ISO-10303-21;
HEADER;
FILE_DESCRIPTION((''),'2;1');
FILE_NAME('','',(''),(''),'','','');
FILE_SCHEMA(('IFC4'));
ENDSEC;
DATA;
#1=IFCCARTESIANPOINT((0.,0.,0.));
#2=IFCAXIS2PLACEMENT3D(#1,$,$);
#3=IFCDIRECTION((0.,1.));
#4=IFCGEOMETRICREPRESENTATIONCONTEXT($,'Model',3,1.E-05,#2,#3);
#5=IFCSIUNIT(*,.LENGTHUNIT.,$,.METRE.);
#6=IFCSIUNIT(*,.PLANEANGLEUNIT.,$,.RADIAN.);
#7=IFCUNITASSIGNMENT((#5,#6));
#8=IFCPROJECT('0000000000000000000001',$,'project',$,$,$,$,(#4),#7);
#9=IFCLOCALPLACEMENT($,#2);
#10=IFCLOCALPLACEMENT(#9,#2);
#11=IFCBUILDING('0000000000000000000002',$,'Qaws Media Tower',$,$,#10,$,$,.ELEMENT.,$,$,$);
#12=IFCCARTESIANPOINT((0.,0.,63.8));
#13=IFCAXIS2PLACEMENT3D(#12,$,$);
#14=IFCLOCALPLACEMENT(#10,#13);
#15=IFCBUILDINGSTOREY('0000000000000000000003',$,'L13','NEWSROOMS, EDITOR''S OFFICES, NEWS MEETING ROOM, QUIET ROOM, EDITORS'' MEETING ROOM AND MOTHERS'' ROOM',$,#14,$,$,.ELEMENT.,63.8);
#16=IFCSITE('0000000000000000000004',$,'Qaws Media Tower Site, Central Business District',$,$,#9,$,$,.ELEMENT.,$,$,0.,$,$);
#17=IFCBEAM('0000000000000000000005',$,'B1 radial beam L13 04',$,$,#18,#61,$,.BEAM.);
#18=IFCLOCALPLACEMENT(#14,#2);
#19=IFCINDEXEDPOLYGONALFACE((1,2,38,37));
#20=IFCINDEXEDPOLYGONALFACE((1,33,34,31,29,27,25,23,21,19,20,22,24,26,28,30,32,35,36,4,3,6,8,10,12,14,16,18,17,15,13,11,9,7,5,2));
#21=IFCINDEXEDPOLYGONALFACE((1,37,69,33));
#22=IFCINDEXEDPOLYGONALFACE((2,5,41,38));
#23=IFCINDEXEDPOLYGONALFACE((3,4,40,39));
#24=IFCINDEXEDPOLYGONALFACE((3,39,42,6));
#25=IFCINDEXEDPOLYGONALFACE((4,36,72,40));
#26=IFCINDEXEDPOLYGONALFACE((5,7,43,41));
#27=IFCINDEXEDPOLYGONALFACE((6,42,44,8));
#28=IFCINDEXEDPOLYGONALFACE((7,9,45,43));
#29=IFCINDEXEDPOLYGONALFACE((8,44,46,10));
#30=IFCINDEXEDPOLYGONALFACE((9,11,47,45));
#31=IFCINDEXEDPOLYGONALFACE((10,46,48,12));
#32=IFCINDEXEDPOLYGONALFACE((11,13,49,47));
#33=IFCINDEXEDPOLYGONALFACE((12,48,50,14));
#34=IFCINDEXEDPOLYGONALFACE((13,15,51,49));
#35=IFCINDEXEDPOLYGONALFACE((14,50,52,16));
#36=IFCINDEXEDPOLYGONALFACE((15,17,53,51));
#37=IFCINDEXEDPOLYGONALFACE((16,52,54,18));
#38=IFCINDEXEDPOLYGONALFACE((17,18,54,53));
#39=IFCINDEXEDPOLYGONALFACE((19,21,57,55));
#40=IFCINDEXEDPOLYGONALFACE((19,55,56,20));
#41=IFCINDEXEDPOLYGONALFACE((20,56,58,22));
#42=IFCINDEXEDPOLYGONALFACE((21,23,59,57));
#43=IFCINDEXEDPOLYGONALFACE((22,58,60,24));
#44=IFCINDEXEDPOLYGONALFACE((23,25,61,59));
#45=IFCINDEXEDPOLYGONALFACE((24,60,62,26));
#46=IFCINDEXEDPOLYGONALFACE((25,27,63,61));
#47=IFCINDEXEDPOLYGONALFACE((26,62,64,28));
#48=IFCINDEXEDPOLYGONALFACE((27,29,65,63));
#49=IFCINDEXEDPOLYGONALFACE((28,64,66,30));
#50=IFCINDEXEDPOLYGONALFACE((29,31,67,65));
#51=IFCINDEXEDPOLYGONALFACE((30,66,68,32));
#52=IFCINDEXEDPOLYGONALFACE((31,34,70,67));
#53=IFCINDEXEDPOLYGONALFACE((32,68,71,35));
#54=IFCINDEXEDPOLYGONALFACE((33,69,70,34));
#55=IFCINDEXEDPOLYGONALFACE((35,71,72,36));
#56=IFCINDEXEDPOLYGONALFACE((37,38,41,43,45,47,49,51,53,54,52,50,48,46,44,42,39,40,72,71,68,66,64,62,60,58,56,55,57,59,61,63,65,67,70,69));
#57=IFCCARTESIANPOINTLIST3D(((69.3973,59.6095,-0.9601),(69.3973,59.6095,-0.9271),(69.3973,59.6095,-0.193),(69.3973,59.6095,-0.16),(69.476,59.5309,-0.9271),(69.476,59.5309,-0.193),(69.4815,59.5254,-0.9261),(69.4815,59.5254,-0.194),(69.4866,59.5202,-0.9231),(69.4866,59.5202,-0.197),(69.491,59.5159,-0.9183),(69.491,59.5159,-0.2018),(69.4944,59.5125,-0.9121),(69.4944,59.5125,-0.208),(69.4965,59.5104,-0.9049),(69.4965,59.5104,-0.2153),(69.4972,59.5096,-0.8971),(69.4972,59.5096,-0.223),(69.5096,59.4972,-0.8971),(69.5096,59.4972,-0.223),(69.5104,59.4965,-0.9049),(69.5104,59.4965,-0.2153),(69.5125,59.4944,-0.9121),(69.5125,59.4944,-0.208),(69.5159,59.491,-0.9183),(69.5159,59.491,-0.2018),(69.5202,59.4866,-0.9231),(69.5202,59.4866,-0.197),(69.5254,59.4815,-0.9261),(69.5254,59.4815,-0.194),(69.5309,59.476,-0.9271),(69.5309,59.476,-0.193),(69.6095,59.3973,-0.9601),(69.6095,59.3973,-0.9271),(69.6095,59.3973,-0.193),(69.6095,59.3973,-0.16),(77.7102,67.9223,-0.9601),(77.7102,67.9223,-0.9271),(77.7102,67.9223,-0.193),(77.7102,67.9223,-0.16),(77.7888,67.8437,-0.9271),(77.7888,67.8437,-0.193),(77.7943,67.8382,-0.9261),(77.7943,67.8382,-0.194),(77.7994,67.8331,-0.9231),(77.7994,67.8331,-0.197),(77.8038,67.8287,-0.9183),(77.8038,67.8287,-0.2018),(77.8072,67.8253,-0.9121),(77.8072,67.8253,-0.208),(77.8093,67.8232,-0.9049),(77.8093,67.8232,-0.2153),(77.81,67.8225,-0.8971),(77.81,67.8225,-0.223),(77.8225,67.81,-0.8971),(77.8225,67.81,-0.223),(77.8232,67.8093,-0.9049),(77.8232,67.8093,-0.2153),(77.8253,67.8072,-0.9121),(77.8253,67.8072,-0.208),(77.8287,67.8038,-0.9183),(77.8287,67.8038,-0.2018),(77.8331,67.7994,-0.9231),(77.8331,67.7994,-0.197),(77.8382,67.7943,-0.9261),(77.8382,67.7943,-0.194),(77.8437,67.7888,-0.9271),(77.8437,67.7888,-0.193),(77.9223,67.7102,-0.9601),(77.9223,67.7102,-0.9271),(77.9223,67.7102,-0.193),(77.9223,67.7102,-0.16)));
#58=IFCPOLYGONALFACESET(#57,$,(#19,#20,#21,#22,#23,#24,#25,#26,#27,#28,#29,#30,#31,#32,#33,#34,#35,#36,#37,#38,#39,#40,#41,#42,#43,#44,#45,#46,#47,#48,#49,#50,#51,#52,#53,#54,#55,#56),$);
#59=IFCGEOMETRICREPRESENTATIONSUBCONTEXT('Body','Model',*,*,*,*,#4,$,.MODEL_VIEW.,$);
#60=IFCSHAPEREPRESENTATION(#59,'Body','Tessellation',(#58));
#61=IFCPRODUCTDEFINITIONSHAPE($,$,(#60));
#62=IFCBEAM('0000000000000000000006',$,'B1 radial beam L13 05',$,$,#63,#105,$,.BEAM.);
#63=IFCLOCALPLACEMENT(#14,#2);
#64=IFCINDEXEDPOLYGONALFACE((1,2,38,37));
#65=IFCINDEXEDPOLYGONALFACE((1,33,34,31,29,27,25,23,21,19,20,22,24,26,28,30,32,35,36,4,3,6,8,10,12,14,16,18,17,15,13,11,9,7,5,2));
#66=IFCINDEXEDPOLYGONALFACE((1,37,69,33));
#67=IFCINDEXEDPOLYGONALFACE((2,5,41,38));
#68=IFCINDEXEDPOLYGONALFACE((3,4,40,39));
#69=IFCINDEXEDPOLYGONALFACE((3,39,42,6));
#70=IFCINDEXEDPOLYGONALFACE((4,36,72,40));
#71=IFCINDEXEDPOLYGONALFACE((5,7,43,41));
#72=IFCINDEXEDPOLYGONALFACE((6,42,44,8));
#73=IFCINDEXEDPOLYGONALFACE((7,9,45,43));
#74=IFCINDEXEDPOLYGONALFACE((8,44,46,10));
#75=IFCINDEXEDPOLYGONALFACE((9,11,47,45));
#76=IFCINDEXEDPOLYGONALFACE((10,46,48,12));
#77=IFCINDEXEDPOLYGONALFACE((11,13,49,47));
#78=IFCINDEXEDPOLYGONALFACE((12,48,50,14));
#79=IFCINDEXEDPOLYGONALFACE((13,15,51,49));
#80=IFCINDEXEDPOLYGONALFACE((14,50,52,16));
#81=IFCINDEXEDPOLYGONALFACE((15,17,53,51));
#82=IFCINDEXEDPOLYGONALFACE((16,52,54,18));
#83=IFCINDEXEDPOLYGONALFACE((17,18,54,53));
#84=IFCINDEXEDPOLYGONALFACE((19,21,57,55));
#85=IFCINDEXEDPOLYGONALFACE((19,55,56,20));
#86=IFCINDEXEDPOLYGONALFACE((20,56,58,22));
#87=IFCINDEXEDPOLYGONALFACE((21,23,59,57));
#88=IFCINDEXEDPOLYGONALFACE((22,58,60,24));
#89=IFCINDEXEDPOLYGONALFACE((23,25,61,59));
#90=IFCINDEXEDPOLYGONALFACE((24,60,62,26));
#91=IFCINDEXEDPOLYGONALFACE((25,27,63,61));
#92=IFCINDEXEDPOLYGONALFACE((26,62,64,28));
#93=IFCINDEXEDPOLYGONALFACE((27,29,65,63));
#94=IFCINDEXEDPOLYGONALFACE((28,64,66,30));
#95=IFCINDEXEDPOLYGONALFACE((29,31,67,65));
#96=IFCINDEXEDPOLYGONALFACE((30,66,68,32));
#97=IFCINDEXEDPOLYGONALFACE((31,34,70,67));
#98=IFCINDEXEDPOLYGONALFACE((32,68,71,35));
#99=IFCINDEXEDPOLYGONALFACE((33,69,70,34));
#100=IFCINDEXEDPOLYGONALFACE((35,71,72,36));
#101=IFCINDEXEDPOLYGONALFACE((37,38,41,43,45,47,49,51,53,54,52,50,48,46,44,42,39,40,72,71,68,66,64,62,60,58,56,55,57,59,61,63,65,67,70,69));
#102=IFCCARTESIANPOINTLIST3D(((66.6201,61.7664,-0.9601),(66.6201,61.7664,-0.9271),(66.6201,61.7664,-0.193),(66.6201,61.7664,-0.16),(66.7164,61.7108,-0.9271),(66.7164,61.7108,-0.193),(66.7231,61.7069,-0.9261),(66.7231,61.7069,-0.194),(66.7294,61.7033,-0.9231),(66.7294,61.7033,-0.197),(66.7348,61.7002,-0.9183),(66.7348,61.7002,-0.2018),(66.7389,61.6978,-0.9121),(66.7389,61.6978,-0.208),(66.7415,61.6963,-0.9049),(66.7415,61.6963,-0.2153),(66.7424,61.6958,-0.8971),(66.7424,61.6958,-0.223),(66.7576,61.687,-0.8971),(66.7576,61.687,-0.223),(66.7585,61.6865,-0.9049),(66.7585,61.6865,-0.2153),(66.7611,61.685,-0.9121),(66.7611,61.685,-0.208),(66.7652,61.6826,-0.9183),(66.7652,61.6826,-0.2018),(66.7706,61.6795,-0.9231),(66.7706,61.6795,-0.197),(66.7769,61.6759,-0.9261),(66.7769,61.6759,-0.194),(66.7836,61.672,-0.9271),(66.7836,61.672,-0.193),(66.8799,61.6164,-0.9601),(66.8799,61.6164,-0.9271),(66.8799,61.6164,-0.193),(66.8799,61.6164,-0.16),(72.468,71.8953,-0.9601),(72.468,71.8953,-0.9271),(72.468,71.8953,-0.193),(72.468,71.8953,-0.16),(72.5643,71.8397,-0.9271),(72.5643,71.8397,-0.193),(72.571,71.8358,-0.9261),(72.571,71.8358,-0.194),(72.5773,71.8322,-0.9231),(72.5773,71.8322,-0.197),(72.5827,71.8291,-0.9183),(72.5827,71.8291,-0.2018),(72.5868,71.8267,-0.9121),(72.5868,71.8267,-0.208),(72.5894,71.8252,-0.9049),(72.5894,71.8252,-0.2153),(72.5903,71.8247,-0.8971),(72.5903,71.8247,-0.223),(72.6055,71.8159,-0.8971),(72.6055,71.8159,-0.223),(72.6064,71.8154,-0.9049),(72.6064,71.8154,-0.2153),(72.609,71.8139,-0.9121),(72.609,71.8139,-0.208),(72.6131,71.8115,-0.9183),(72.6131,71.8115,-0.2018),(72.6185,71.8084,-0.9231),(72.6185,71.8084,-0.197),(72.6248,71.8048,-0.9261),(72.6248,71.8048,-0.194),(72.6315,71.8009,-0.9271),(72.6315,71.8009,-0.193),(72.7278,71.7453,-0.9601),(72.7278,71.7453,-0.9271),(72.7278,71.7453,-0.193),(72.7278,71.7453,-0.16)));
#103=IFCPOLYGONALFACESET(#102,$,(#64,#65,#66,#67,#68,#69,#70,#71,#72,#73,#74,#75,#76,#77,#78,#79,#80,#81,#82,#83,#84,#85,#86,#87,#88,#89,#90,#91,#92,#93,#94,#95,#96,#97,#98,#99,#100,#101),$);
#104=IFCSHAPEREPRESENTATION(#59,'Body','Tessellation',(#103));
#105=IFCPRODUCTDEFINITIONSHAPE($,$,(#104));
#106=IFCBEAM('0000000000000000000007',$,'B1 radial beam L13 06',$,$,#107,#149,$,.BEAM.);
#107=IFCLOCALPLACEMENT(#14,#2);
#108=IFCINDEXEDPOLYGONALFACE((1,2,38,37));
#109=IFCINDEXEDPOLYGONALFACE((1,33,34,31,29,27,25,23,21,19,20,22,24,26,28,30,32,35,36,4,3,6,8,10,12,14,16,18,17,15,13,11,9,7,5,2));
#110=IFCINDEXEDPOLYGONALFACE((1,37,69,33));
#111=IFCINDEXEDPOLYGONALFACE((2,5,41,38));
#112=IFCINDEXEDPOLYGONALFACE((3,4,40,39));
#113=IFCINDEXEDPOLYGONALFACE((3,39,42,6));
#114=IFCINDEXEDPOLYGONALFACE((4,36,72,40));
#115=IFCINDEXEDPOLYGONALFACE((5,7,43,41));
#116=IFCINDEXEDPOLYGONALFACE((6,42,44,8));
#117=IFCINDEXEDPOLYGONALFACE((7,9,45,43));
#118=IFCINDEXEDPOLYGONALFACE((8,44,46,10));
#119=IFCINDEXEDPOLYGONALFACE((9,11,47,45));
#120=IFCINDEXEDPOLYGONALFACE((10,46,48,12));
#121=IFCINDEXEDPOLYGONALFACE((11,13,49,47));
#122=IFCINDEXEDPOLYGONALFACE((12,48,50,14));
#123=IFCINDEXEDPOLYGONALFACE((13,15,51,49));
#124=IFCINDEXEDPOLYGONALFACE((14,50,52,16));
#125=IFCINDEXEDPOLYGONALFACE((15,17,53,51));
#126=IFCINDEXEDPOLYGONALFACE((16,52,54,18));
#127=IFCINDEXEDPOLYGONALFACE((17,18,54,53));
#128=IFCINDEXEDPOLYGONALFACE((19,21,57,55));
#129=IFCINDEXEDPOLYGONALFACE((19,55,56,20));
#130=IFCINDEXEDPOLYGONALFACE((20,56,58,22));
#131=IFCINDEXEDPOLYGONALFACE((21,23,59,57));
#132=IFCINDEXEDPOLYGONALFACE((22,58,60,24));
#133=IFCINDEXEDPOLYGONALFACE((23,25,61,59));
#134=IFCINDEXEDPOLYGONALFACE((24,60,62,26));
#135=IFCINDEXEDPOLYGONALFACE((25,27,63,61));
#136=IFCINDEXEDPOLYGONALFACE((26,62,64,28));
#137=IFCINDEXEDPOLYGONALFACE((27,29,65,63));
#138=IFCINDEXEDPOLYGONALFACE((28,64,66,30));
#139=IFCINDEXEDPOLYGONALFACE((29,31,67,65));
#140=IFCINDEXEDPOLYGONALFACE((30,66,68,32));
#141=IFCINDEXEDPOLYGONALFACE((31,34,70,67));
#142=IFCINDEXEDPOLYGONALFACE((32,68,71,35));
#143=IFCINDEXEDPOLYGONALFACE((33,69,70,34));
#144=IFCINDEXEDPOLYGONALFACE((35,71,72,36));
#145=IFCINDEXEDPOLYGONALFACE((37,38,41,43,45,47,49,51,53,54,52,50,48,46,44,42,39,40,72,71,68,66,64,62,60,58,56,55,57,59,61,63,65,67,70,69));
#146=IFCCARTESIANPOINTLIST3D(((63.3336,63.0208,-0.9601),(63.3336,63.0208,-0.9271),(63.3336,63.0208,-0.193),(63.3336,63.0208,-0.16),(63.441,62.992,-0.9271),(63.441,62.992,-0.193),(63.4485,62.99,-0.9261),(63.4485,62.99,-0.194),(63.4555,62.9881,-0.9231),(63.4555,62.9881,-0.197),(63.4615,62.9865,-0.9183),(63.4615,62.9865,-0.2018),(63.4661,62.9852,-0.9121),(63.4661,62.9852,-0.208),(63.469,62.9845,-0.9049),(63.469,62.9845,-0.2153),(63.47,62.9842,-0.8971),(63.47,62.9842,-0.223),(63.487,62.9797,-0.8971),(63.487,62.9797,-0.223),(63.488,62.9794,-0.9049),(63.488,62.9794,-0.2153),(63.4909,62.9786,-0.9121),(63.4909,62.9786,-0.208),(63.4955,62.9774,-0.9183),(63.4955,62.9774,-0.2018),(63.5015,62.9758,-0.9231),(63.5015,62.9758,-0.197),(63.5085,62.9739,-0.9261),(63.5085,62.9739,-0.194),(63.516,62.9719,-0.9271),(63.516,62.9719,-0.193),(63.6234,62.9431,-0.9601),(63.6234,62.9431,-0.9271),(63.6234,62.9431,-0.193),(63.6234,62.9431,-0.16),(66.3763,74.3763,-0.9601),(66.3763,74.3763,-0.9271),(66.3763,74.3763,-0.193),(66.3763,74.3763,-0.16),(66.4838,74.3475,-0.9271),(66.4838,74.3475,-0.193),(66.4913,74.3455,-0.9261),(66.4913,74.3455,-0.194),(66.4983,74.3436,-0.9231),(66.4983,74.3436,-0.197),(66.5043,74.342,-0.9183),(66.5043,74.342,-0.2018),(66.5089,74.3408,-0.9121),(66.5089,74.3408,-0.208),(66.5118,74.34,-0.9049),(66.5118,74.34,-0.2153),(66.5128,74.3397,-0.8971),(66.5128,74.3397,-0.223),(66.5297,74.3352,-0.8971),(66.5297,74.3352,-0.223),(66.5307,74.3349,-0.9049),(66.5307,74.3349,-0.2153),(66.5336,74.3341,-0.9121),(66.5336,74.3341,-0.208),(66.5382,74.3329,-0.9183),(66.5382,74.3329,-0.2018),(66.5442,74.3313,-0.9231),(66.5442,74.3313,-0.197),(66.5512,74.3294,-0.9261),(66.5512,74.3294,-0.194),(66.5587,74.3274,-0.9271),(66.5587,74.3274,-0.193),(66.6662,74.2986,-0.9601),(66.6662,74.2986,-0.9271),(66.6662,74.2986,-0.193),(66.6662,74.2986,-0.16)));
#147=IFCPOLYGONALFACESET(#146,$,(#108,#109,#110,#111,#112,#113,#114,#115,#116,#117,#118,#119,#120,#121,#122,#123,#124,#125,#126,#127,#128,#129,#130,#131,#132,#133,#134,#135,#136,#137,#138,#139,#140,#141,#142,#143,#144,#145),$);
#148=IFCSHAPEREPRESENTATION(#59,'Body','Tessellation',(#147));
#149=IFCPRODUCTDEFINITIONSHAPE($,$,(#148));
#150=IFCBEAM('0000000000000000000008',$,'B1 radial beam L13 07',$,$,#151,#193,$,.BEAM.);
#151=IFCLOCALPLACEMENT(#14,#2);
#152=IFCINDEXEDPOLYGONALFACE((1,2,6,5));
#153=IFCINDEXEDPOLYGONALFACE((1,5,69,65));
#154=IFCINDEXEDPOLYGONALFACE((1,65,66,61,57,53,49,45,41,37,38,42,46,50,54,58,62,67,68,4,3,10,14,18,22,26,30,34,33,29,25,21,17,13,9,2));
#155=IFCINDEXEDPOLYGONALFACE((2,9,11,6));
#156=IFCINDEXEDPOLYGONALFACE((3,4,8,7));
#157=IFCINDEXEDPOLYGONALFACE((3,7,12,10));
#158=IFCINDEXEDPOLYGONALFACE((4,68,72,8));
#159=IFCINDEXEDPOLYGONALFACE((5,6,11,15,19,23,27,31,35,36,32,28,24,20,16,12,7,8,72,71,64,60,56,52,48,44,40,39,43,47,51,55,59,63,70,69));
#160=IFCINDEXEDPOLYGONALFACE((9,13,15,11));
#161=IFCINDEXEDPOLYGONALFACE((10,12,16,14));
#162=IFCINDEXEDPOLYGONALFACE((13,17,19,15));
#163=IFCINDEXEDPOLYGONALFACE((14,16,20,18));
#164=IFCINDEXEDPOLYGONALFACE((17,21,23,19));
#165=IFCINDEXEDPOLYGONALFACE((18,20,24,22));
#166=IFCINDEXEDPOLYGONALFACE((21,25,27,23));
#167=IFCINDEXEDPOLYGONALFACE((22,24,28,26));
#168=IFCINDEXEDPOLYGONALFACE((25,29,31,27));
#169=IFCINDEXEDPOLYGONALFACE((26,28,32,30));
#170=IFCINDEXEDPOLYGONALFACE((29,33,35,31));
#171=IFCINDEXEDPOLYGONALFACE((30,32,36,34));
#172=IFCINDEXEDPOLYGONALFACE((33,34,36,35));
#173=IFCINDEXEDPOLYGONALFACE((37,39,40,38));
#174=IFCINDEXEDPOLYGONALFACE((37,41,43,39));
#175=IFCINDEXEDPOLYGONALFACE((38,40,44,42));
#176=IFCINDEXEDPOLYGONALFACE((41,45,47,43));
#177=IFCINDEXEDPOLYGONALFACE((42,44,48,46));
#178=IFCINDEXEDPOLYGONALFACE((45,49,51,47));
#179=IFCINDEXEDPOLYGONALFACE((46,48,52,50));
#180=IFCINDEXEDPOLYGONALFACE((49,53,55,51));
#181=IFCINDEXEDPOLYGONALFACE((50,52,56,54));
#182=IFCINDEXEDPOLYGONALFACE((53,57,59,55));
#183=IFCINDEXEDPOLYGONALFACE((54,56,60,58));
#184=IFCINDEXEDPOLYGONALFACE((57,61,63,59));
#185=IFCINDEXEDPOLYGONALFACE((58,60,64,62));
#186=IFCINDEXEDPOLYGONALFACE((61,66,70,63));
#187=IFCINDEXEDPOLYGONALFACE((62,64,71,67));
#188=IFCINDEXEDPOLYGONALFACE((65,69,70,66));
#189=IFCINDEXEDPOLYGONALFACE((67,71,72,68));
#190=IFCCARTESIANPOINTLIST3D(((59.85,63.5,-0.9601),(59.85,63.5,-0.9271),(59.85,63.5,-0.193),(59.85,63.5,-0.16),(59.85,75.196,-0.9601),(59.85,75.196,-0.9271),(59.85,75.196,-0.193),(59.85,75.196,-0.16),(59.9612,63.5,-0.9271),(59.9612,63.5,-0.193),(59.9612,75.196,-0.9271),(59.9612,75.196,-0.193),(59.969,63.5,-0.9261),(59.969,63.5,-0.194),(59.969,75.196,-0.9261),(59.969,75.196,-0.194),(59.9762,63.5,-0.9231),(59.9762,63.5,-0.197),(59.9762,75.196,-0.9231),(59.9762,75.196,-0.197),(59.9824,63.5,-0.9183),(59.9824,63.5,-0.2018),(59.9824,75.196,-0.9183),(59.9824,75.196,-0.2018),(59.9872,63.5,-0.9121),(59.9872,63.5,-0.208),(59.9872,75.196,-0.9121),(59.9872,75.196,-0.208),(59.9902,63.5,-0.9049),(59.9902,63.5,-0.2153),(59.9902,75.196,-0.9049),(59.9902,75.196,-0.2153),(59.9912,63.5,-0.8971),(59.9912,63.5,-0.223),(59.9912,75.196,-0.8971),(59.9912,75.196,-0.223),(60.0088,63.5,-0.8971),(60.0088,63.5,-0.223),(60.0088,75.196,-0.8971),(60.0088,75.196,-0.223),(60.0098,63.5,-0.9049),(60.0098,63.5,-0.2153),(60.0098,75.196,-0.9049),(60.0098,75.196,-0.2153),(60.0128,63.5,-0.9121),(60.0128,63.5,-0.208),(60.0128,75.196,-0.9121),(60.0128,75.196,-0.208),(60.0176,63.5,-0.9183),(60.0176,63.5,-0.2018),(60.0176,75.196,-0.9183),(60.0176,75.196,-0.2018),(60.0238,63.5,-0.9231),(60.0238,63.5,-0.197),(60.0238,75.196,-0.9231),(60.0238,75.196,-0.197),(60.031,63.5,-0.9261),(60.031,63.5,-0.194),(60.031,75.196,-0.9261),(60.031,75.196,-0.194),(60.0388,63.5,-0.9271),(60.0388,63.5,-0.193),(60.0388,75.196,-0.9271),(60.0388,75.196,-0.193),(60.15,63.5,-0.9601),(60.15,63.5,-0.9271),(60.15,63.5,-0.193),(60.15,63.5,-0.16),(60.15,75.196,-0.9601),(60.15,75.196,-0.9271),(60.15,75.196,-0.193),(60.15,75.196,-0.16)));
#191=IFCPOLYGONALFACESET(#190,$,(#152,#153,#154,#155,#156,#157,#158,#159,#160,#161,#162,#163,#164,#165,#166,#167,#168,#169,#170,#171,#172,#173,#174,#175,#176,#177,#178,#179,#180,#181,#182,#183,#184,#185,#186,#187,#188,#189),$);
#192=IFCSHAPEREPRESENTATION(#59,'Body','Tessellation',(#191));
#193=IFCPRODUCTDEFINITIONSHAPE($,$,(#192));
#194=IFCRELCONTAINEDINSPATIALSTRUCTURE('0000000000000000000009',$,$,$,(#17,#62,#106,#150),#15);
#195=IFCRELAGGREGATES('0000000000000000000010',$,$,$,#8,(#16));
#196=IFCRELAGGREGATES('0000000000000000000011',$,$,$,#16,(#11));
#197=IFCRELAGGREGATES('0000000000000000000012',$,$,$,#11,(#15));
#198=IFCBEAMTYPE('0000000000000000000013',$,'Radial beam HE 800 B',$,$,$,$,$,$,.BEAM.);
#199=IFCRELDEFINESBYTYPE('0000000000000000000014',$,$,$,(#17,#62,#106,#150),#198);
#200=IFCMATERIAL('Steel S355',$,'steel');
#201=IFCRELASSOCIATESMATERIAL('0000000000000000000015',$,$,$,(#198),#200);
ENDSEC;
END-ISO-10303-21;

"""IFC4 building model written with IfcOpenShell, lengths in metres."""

from ifc_helpers import new_model, si_unit, direction, frame, origin, origin_2d, place, context, subcontext, project, spatial, i_section, extrude, material, material_profile, profile_set, type_object, element, save


model = new_model("IFC4")

# Units and contexts
model_context = context("Model", 3, precision=1e-05, world=origin(), true_north=direction((0.0, 1.0)))
body_context = subcontext(model_context, "Body", "Model", "MODEL_VIEW")
ifc_project = project(units=[si_unit("LENGTHUNIT", "METRE"), si_unit("PLANEANGLEUNIT", "RADIAN")], contexts=[model_context])

# Site, building, storey
site_placement = place(None, origin())
site = spatial("IfcSite", under=ifc_project, at=site_placement, Name="Qaws Media Tower Site, Central Business District", CompositionType="ELEMENT", RefElevation=0.0)
building_placement = place(site_placement, origin())
building = spatial("IfcBuilding", under=site, at=building_placement, Name="Qaws Media Tower", CompositionType="ELEMENT")
storey_placement = place(building_placement, frame((0.0, 0.0, 63.8)))
storey = spatial("IfcBuildingStorey", under=building, at=storey_placement, Name="L13", Description="NEWSROOMS, EDITOR'S OFFICES, NEWS MEETING ROOM, QUIET ROOM, EDITORS' MEETING ROOM AND MOTHERS' ROOM", CompositionType="ELEMENT", Elevation=63.8)

# Beams
ifc_material_1 = material(Name="Steel S355", Category="steel")
ifc_material_profile_1 = material_profile(ifc_material_1, i_section(OverallWidth=0.3, OverallDepth=0.8, WebThickness=0.0176, FlangeThickness=0.033, FilletRadius=0.03, at=origin_2d()), Name="HE 800 B")
ifc_profile_set_1 = profile_set([ifc_material_profile_1], Name="Steel S355")
beam_type_1 = type_object("IfcBeamType", Name="Radial beam HE 800 B", PredefinedType="BEAM", material=ifc_profile_set_1)
beam_1_placement = place(storey_placement, frame((69.5034, 59.5034, -0.5601), z_axis=(0.707107, 0.707107, 0.0), x_axis=(-0.707107, 0.707107, 0.0)))
element("IfcBeam", 1, at=beam_1_placement, inside=storey, type_object=beam_type_1, Name="B1 radial beam L13 04", PredefinedType="BEAM", context=body_context, shape_type="SweptSolid", body=[
    extrude(i_section(OverallWidth=0.3, OverallDepth=0.8, WebThickness=0.0176, FlangeThickness=0.033, FilletRadius=0.03, at=origin_2d()), origin(), (0.0, 0.0, 1.0), 11.7561),
])
beam_2_placement = place(storey_placement, frame((66.75, 61.6914, -0.5601), z_axis=(0.499998, 0.866026, 0.0), x_axis=(-0.866026, 0.499998, 0.0)))
element("IfcBeam", 2, at=beam_2_placement, inside=storey, type_object=beam_type_1, Name="B1 radial beam L13 05", PredefinedType="BEAM", context=body_context, shape_type="SweptSolid", body=[
    extrude(i_section(OverallWidth=0.3, OverallDepth=0.8, WebThickness=0.0176, FlangeThickness=0.033, FilletRadius=0.03, at=origin_2d()), origin(), (0.0, 0.0, 1.0), 11.6958),
])
beam_3_placement = place(storey_placement, frame((63.4785, 62.9819, -0.5601), z_axis=(0.258822, 0.965925, 0.0), x_axis=(-0.965925, 0.258822, 0.0)))
element("IfcBeam", 3, at=beam_3_placement, inside=storey, type_object=beam_type_1, Name="B1 radial beam L13 06", PredefinedType="BEAM", context=body_context, shape_type="SweptSolid", body=[
    extrude(i_section(OverallWidth=0.3, OverallDepth=0.8, WebThickness=0.0176, FlangeThickness=0.033, FilletRadius=0.03, at=origin_2d()), origin(), (0.0, 0.0, 1.0), 11.7561),
])
beam_4_placement = place(storey_placement, frame((60.0, 63.5, -0.5601), z_axis=(0.0, 1.0, 0.0), x_axis=(-1.0, 0.0, 0.0)))
element("IfcBeam", 4, at=beam_4_placement, inside=storey, type_object=beam_type_1, Name="B1 radial beam L13 07", PredefinedType="BEAM", context=body_context, shape_type="SweptSolid", body=[
    extrude(i_section(OverallWidth=0.3, OverallDepth=0.8, WebThickness=0.0176, FlangeThickness=0.033, FilletRadius=0.03, at=origin_2d()), origin(), (0.0, 0.0, 1.0), 11.696),
])

save(model, "model.ifc")
